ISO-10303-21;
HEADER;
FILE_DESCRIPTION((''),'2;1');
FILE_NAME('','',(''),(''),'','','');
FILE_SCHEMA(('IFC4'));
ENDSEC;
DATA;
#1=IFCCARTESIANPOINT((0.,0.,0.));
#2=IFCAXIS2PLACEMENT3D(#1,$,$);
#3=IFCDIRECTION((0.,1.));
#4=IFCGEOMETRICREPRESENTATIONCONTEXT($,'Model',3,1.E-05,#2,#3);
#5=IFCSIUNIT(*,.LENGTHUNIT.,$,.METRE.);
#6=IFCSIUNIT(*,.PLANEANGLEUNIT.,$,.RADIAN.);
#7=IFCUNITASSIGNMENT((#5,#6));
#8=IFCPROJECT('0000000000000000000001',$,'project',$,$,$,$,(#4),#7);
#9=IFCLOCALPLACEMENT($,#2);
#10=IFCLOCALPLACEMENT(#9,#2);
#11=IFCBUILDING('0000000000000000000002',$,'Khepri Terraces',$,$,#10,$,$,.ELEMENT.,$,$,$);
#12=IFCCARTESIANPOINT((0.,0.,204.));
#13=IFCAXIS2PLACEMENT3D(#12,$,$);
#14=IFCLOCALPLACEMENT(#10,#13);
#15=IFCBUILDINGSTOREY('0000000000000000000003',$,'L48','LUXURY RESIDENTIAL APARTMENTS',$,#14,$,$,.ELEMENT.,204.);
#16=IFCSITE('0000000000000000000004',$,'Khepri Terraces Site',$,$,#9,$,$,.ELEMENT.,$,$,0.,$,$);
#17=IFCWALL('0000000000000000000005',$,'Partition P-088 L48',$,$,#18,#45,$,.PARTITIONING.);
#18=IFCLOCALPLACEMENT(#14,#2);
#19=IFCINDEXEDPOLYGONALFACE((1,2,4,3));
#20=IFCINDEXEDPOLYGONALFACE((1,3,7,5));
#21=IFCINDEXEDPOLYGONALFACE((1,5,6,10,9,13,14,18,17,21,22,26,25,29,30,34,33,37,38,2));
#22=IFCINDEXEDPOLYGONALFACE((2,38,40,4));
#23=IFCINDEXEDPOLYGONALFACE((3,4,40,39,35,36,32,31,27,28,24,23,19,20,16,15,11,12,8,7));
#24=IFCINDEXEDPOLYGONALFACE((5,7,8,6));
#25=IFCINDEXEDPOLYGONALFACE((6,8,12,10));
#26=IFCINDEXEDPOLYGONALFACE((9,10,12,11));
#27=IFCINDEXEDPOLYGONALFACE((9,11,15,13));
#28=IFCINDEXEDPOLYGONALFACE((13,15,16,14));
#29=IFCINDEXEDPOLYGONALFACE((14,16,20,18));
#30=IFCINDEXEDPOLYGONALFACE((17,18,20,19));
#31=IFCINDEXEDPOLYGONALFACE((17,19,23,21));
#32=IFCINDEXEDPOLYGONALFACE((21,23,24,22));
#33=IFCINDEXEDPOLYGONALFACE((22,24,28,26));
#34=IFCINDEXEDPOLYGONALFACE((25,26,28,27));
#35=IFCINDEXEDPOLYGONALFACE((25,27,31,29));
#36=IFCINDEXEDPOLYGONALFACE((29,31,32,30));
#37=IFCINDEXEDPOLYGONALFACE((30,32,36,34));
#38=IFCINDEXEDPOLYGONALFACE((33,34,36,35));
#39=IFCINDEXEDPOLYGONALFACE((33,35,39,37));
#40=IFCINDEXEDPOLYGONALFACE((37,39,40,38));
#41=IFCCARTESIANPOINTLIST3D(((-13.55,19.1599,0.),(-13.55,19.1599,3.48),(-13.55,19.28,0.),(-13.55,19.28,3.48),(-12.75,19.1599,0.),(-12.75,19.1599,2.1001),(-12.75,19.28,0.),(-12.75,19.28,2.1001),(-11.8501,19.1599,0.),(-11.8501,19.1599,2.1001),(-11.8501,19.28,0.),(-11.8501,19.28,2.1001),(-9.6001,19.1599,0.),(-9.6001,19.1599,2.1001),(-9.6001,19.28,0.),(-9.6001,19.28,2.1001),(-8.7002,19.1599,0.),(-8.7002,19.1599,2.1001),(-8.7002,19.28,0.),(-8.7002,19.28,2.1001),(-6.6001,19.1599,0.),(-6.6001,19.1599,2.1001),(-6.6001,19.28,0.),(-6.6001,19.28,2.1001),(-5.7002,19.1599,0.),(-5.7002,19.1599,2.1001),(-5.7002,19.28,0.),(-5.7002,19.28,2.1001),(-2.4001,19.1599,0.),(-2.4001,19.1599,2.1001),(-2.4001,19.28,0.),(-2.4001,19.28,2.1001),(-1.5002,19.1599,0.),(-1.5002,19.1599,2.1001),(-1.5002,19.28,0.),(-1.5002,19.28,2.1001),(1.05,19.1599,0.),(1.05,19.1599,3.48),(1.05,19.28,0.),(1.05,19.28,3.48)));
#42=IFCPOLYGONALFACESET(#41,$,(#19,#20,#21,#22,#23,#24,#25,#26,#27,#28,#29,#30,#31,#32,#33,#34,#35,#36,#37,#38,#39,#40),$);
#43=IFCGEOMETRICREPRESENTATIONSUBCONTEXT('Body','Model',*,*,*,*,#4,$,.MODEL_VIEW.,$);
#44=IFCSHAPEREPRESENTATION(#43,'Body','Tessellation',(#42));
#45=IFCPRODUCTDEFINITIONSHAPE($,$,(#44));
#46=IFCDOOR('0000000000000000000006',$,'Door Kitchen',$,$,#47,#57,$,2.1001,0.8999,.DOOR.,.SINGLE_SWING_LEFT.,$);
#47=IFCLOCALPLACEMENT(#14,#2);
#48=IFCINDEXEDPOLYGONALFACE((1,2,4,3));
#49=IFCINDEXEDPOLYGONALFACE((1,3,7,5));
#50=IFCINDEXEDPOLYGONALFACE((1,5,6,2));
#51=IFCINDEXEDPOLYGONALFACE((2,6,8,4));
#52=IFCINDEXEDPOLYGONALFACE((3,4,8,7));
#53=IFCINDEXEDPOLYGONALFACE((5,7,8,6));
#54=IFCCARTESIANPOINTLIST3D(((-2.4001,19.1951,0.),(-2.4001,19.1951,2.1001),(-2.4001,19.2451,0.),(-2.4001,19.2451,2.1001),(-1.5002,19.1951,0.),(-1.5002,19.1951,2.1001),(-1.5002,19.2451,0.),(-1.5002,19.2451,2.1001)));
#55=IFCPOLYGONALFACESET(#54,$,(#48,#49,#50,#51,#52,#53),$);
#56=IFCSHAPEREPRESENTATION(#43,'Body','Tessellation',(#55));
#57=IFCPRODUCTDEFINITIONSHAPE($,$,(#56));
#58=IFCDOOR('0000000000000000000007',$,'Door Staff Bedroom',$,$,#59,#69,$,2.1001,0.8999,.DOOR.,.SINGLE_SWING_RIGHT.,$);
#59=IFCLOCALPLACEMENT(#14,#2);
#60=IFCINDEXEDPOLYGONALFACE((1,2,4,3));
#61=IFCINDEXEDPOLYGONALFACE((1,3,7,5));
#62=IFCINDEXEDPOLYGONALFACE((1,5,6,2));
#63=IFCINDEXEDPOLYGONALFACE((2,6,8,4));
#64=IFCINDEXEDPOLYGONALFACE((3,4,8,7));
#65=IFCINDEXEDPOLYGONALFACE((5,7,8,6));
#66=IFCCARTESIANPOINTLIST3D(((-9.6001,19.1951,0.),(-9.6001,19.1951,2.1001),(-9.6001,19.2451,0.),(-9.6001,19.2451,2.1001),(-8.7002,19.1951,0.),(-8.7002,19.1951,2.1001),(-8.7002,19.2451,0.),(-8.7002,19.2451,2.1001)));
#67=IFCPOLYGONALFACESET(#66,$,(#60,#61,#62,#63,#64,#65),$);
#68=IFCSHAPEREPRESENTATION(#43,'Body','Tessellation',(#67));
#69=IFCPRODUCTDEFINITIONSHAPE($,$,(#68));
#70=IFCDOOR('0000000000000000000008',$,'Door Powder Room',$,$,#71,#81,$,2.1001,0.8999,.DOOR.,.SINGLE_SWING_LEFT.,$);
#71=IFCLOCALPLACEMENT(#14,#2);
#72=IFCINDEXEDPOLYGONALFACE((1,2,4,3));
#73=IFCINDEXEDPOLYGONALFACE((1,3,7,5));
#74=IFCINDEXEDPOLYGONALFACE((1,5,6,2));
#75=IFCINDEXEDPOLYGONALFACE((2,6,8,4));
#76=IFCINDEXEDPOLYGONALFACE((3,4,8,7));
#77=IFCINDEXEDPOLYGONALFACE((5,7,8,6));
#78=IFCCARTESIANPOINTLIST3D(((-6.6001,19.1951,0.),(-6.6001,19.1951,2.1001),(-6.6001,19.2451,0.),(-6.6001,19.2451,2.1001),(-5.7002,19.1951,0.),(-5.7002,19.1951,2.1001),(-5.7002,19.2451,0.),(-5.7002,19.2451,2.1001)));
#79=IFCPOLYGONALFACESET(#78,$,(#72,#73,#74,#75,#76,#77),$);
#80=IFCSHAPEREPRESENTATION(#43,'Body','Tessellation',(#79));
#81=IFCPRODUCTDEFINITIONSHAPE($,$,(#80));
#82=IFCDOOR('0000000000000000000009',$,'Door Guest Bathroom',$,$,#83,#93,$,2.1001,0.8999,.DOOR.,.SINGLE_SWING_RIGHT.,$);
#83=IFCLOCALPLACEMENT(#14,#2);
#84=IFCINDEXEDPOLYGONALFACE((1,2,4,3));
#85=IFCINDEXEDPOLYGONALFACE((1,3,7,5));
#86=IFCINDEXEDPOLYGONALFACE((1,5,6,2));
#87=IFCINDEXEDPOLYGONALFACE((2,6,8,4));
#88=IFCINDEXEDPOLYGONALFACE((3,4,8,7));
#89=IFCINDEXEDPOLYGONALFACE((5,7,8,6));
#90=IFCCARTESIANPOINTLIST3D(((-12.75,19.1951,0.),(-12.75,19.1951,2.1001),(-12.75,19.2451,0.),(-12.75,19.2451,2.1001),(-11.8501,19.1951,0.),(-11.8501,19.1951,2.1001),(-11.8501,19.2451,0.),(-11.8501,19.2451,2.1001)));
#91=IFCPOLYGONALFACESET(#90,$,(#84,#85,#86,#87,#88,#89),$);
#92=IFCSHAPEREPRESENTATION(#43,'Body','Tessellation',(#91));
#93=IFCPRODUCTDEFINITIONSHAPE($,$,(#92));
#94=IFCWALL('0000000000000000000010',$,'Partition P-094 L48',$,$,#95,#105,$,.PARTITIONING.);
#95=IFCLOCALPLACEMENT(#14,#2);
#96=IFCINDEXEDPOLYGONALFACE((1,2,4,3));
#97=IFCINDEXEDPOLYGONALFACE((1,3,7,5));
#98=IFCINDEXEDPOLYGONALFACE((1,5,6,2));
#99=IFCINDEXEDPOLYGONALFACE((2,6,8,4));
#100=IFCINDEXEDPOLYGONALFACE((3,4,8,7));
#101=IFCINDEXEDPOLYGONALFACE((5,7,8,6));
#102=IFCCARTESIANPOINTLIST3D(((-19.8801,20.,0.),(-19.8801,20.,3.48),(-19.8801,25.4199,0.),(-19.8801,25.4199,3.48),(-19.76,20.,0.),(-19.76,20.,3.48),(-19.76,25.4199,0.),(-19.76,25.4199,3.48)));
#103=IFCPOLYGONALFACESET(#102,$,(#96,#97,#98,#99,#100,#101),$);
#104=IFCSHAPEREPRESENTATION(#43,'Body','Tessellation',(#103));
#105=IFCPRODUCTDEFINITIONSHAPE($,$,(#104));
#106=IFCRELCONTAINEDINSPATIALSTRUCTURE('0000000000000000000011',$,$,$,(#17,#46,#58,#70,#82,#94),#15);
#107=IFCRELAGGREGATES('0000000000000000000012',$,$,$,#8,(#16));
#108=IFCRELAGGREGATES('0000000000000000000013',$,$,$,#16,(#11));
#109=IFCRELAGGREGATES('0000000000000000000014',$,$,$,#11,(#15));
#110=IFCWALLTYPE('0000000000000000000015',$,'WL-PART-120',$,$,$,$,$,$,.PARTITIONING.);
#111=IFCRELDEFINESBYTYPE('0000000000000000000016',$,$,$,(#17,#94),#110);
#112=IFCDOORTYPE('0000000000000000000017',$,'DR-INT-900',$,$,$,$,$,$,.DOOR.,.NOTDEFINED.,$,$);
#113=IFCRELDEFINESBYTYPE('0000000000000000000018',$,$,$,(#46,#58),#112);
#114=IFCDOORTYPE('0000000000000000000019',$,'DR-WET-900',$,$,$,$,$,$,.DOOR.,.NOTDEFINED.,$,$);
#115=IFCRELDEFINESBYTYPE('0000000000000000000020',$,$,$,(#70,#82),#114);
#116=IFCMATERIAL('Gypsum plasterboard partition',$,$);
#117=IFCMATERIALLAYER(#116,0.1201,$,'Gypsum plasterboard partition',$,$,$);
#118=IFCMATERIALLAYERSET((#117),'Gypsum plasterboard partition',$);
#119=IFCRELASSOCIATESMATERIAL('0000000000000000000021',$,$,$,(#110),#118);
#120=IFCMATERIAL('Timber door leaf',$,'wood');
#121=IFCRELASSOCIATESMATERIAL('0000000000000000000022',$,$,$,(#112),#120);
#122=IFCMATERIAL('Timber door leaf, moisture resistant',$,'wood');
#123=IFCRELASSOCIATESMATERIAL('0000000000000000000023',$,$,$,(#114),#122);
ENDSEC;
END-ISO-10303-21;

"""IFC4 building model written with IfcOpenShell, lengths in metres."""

from ifc_helpers import new_model, si_unit, direction, frame, frame_2d, origin, place, context, subcontext, project, spatial, rectangle, extrude, material, layer, layer_set, type_object, element, fill, save


model = new_model("IFC4")

# Units and contexts
model_context = context("Model", 3, precision=1e-05, world=origin(), true_north=direction((0.0, 1.0)))
body_context = subcontext(model_context, "Body", "Model", "MODEL_VIEW")
ifc_project = project(units=[si_unit("LENGTHUNIT", "METRE"), si_unit("PLANEANGLEUNIT", "RADIAN")], contexts=[model_context])

# Site, building, storey
site_placement = place(None, origin())
site = spatial("IfcSite", under=ifc_project, at=site_placement, Name="Khepri Terraces Site", CompositionType="ELEMENT", RefElevation=0.0)
building_placement = place(site_placement, origin())
building = spatial("IfcBuilding", under=site, at=building_placement, Name="Khepri Terraces", CompositionType="ELEMENT")
storey_placement = place(building_placement, frame((0.0, 0.0, 204.0)))
storey = spatial("IfcBuildingStorey", under=building, at=storey_placement, Name="L48", Description="LUXURY RESIDENTIAL APARTMENTS", CompositionType="ELEMENT", Elevation=204.0)

# Shared definitions
ifc_material_1 = material(Name="Gypsum plasterboard partition")
ifc_layer_1 = layer(ifc_material_1, 0.1201, Name="Gypsum plasterboard partition")
ifc_layer_set_1 = layer_set([ifc_layer_1], Name="Gypsum plasterboard partition")
wall_type_1 = type_object("IfcWallType", Name="WL-PART-120", PredefinedType="PARTITIONING", material=ifc_layer_set_1)

# Wall, openings, doors
wall_1_placement = place(storey_placement, frame((-13.55, 19.22, 0.0), z_axis=(0.0, 0.0, 1.0), x_axis=(1.0, 0.0, 0.0)))
wall_1 = element("IfcWall", 1, at=wall_1_placement, inside=storey, type_object=wall_type_1, Name="Partition P-088 L48", PredefinedType="PARTITIONING", context=body_context, shape_type="SweptSolid", body=[
    extrude(rectangle(XDim=14.6001, YDim=0.1201, at=frame_2d((7.3, 0.0))), origin(), (0.0, 0.0, 1.0), 3.48),
])
opening_1_placement = place(wall_1_placement, frame((11.1499, 0.0, 0.0)))
opening_1 = element("IfcOpeningElement", 2, at=opening_1_placement, cuts=wall_1, PredefinedType="OPENING", context=body_context, shape_type="SweptSolid", body=[
    extrude(rectangle(XDim=0.8999, YDim=2.1001, at=frame_2d((0.45, 1.05))), frame((0.0, 0.0701, 0.0), z_axis=(0.0, -1.0, 0.0), x_axis=(1.0, 0.0, 0.0)), (0.0, 0.0, 1.0), 0.1401),
])
opening_2_placement = place(wall_1_placement, frame((6.95, 0.0, 0.0)))
opening_2 = element("IfcOpeningElement", 3, at=opening_2_placement, cuts=wall_1, PredefinedType="OPENING", context=body_context, shape_type="SweptSolid", body=[
    extrude(rectangle(XDim=0.8999, YDim=2.1001, at=frame_2d((0.45, 1.05))), frame((0.0, 0.0701, 0.0), z_axis=(0.0, -1.0, 0.0), x_axis=(1.0, 0.0, 0.0)), (0.0, 0.0, 1.0), 0.1401),
])
opening_3_placement = place(wall_1_placement, frame((3.95, 0.0, 0.0)))
opening_3 = element("IfcOpeningElement", 4, at=opening_3_placement, cuts=wall_1, PredefinedType="OPENING", context=body_context, shape_type="SweptSolid", body=[
    extrude(rectangle(XDim=0.8999, YDim=2.1001, at=frame_2d((0.45, 1.05))), frame((0.0, 0.0701, 0.0), z_axis=(0.0, -1.0, 0.0), x_axis=(1.0, 0.0, 0.0)), (0.0, 0.0, 1.0), 0.1401),
])
opening_4_placement = place(wall_1_placement, frame((0.8, 0.0, 0.0)))
opening_4 = element("IfcOpeningElement", 5, at=opening_4_placement, cuts=wall_1, PredefinedType="OPENING", context=body_context, shape_type="SweptSolid", body=[
    extrude(rectangle(XDim=0.8999, YDim=2.1001, at=frame_2d((0.45, 1.05))), frame((0.0, 0.0701, 0.0), z_axis=(0.0, -1.0, 0.0), x_axis=(1.0, 0.0, 0.0)), (0.0, 0.0, 1.0), 0.1401),
])
ifc_material_2 = material(Name="Timber door leaf", Category="wood")
door_type_1 = type_object("IfcDoorType", Name="DR-INT-900", OperationType="NOTDEFINED", PredefinedType="DOOR", material=ifc_material_2)
door_1_placement = place(opening_1_placement, frame((0.8999, 0.0, 0.0), z_axis=(0.0, 0.0, 1.0), x_axis=(-1.0, 0.0, 0.0)))
door_1 = element("IfcDoor", 6, at=door_1_placement, inside=storey, type_object=door_type_1, Name="Door Kitchen", OperationType="SINGLE_SWING_LEFT", OverallHeight=2.1001, OverallWidth=0.8999, PredefinedType="DOOR", context=body_context, shape_type="SweptSolid", body=[
    extrude(rectangle(XDim=0.8999, YDim=2.1001, at=frame_2d((0.45, 1.05))), frame((0.0, 0.0249, 0.0), z_axis=(0.0, -1.0, 0.0), x_axis=(1.0, 0.0, 0.0)), (0.0, 0.0, 1.0), 0.05),
])
fill(opening_1, door_1)
door_2_placement = place(opening_3_placement, frame((0.8999, 0.0, 0.0), z_axis=(0.0, 0.0, 1.0), x_axis=(-1.0, 0.0, 0.0)))
door_2 = element("IfcDoor", 7, at=door_2_placement, inside=storey, type_object=door_type_1, Name="Door Staff Bedroom", OperationType="SINGLE_SWING_RIGHT", OverallHeight=2.1001, OverallWidth=0.8999, PredefinedType="DOOR", context=body_context, shape_type="SweptSolid", body=[
    extrude(rectangle(XDim=0.8999, YDim=2.1001, at=frame_2d((0.45, 1.05))), frame((0.0, 0.0249, 0.0), z_axis=(0.0, -1.0, 0.0), x_axis=(1.0, 0.0, 0.0)), (0.0, 0.0, 1.0), 0.05),
])
fill(opening_3, door_2)
ifc_material_3 = material(Name="Timber door leaf, moisture resistant", Category="wood")
door_type_2 = type_object("IfcDoorType", Name="DR-WET-900", OperationType="NOTDEFINED", PredefinedType="DOOR", material=ifc_material_3)
door_3_placement = place(opening_2_placement, frame((0.8999, 0.0, 0.0), z_axis=(0.0, 0.0, 1.0), x_axis=(-1.0, 0.0, 0.0)))
door_3 = element("IfcDoor", 8, at=door_3_placement, inside=storey, type_object=door_type_2, Name="Door Powder Room", OperationType="SINGLE_SWING_LEFT", OverallHeight=2.1001, OverallWidth=0.8999, PredefinedType="DOOR", context=body_context, shape_type="SweptSolid", body=[
    extrude(rectangle(XDim=0.8999, YDim=2.1001, at=frame_2d((0.45, 1.05))), frame((0.0, 0.0249, 0.0), z_axis=(0.0, -1.0, 0.0), x_axis=(1.0, 0.0, 0.0)), (0.0, 0.0, 1.0), 0.05),
])
fill(opening_2, door_3)
door_4_placement = place(opening_4_placement, frame((0.8999, 0.0, 0.0), z_axis=(0.0, 0.0, 1.0), x_axis=(-1.0, 0.0, 0.0)))
door_4 = element("IfcDoor", 9, at=door_4_placement, inside=storey, type_object=door_type_2, Name="Door Guest Bathroom", OperationType="SINGLE_SWING_RIGHT", OverallHeight=2.1001, OverallWidth=0.8999, PredefinedType="DOOR", context=body_context, shape_type="SweptSolid", body=[
    extrude(rectangle(XDim=0.8999, YDim=2.1001, at=frame_2d((0.45, 1.05))), frame((0.0, 0.0249, 0.0), z_axis=(0.0, -1.0, 0.0), x_axis=(1.0, 0.0, 0.0)), (0.0, 0.0, 1.0), 0.05),
])
fill(opening_4, door_4)

# Wall
wall_2_placement = place(storey_placement, frame((-19.8201, 20.0, 0.0), z_axis=(0.0, 0.0, 1.0), x_axis=(0.0, 1.0, 0.0)))
element("IfcWall", 10, at=wall_2_placement, inside=storey, type_object=wall_type_1, Name="Partition P-094 L48", PredefinedType="PARTITIONING", context=body_context, shape_type="SweptSolid", body=[
    extrude(rectangle(XDim=5.4199, YDim=0.1201, at=frame_2d((2.71, 0.0))), origin(), (0.0, 0.0, 1.0), 3.48),
])

save(model, "model.ifc")
